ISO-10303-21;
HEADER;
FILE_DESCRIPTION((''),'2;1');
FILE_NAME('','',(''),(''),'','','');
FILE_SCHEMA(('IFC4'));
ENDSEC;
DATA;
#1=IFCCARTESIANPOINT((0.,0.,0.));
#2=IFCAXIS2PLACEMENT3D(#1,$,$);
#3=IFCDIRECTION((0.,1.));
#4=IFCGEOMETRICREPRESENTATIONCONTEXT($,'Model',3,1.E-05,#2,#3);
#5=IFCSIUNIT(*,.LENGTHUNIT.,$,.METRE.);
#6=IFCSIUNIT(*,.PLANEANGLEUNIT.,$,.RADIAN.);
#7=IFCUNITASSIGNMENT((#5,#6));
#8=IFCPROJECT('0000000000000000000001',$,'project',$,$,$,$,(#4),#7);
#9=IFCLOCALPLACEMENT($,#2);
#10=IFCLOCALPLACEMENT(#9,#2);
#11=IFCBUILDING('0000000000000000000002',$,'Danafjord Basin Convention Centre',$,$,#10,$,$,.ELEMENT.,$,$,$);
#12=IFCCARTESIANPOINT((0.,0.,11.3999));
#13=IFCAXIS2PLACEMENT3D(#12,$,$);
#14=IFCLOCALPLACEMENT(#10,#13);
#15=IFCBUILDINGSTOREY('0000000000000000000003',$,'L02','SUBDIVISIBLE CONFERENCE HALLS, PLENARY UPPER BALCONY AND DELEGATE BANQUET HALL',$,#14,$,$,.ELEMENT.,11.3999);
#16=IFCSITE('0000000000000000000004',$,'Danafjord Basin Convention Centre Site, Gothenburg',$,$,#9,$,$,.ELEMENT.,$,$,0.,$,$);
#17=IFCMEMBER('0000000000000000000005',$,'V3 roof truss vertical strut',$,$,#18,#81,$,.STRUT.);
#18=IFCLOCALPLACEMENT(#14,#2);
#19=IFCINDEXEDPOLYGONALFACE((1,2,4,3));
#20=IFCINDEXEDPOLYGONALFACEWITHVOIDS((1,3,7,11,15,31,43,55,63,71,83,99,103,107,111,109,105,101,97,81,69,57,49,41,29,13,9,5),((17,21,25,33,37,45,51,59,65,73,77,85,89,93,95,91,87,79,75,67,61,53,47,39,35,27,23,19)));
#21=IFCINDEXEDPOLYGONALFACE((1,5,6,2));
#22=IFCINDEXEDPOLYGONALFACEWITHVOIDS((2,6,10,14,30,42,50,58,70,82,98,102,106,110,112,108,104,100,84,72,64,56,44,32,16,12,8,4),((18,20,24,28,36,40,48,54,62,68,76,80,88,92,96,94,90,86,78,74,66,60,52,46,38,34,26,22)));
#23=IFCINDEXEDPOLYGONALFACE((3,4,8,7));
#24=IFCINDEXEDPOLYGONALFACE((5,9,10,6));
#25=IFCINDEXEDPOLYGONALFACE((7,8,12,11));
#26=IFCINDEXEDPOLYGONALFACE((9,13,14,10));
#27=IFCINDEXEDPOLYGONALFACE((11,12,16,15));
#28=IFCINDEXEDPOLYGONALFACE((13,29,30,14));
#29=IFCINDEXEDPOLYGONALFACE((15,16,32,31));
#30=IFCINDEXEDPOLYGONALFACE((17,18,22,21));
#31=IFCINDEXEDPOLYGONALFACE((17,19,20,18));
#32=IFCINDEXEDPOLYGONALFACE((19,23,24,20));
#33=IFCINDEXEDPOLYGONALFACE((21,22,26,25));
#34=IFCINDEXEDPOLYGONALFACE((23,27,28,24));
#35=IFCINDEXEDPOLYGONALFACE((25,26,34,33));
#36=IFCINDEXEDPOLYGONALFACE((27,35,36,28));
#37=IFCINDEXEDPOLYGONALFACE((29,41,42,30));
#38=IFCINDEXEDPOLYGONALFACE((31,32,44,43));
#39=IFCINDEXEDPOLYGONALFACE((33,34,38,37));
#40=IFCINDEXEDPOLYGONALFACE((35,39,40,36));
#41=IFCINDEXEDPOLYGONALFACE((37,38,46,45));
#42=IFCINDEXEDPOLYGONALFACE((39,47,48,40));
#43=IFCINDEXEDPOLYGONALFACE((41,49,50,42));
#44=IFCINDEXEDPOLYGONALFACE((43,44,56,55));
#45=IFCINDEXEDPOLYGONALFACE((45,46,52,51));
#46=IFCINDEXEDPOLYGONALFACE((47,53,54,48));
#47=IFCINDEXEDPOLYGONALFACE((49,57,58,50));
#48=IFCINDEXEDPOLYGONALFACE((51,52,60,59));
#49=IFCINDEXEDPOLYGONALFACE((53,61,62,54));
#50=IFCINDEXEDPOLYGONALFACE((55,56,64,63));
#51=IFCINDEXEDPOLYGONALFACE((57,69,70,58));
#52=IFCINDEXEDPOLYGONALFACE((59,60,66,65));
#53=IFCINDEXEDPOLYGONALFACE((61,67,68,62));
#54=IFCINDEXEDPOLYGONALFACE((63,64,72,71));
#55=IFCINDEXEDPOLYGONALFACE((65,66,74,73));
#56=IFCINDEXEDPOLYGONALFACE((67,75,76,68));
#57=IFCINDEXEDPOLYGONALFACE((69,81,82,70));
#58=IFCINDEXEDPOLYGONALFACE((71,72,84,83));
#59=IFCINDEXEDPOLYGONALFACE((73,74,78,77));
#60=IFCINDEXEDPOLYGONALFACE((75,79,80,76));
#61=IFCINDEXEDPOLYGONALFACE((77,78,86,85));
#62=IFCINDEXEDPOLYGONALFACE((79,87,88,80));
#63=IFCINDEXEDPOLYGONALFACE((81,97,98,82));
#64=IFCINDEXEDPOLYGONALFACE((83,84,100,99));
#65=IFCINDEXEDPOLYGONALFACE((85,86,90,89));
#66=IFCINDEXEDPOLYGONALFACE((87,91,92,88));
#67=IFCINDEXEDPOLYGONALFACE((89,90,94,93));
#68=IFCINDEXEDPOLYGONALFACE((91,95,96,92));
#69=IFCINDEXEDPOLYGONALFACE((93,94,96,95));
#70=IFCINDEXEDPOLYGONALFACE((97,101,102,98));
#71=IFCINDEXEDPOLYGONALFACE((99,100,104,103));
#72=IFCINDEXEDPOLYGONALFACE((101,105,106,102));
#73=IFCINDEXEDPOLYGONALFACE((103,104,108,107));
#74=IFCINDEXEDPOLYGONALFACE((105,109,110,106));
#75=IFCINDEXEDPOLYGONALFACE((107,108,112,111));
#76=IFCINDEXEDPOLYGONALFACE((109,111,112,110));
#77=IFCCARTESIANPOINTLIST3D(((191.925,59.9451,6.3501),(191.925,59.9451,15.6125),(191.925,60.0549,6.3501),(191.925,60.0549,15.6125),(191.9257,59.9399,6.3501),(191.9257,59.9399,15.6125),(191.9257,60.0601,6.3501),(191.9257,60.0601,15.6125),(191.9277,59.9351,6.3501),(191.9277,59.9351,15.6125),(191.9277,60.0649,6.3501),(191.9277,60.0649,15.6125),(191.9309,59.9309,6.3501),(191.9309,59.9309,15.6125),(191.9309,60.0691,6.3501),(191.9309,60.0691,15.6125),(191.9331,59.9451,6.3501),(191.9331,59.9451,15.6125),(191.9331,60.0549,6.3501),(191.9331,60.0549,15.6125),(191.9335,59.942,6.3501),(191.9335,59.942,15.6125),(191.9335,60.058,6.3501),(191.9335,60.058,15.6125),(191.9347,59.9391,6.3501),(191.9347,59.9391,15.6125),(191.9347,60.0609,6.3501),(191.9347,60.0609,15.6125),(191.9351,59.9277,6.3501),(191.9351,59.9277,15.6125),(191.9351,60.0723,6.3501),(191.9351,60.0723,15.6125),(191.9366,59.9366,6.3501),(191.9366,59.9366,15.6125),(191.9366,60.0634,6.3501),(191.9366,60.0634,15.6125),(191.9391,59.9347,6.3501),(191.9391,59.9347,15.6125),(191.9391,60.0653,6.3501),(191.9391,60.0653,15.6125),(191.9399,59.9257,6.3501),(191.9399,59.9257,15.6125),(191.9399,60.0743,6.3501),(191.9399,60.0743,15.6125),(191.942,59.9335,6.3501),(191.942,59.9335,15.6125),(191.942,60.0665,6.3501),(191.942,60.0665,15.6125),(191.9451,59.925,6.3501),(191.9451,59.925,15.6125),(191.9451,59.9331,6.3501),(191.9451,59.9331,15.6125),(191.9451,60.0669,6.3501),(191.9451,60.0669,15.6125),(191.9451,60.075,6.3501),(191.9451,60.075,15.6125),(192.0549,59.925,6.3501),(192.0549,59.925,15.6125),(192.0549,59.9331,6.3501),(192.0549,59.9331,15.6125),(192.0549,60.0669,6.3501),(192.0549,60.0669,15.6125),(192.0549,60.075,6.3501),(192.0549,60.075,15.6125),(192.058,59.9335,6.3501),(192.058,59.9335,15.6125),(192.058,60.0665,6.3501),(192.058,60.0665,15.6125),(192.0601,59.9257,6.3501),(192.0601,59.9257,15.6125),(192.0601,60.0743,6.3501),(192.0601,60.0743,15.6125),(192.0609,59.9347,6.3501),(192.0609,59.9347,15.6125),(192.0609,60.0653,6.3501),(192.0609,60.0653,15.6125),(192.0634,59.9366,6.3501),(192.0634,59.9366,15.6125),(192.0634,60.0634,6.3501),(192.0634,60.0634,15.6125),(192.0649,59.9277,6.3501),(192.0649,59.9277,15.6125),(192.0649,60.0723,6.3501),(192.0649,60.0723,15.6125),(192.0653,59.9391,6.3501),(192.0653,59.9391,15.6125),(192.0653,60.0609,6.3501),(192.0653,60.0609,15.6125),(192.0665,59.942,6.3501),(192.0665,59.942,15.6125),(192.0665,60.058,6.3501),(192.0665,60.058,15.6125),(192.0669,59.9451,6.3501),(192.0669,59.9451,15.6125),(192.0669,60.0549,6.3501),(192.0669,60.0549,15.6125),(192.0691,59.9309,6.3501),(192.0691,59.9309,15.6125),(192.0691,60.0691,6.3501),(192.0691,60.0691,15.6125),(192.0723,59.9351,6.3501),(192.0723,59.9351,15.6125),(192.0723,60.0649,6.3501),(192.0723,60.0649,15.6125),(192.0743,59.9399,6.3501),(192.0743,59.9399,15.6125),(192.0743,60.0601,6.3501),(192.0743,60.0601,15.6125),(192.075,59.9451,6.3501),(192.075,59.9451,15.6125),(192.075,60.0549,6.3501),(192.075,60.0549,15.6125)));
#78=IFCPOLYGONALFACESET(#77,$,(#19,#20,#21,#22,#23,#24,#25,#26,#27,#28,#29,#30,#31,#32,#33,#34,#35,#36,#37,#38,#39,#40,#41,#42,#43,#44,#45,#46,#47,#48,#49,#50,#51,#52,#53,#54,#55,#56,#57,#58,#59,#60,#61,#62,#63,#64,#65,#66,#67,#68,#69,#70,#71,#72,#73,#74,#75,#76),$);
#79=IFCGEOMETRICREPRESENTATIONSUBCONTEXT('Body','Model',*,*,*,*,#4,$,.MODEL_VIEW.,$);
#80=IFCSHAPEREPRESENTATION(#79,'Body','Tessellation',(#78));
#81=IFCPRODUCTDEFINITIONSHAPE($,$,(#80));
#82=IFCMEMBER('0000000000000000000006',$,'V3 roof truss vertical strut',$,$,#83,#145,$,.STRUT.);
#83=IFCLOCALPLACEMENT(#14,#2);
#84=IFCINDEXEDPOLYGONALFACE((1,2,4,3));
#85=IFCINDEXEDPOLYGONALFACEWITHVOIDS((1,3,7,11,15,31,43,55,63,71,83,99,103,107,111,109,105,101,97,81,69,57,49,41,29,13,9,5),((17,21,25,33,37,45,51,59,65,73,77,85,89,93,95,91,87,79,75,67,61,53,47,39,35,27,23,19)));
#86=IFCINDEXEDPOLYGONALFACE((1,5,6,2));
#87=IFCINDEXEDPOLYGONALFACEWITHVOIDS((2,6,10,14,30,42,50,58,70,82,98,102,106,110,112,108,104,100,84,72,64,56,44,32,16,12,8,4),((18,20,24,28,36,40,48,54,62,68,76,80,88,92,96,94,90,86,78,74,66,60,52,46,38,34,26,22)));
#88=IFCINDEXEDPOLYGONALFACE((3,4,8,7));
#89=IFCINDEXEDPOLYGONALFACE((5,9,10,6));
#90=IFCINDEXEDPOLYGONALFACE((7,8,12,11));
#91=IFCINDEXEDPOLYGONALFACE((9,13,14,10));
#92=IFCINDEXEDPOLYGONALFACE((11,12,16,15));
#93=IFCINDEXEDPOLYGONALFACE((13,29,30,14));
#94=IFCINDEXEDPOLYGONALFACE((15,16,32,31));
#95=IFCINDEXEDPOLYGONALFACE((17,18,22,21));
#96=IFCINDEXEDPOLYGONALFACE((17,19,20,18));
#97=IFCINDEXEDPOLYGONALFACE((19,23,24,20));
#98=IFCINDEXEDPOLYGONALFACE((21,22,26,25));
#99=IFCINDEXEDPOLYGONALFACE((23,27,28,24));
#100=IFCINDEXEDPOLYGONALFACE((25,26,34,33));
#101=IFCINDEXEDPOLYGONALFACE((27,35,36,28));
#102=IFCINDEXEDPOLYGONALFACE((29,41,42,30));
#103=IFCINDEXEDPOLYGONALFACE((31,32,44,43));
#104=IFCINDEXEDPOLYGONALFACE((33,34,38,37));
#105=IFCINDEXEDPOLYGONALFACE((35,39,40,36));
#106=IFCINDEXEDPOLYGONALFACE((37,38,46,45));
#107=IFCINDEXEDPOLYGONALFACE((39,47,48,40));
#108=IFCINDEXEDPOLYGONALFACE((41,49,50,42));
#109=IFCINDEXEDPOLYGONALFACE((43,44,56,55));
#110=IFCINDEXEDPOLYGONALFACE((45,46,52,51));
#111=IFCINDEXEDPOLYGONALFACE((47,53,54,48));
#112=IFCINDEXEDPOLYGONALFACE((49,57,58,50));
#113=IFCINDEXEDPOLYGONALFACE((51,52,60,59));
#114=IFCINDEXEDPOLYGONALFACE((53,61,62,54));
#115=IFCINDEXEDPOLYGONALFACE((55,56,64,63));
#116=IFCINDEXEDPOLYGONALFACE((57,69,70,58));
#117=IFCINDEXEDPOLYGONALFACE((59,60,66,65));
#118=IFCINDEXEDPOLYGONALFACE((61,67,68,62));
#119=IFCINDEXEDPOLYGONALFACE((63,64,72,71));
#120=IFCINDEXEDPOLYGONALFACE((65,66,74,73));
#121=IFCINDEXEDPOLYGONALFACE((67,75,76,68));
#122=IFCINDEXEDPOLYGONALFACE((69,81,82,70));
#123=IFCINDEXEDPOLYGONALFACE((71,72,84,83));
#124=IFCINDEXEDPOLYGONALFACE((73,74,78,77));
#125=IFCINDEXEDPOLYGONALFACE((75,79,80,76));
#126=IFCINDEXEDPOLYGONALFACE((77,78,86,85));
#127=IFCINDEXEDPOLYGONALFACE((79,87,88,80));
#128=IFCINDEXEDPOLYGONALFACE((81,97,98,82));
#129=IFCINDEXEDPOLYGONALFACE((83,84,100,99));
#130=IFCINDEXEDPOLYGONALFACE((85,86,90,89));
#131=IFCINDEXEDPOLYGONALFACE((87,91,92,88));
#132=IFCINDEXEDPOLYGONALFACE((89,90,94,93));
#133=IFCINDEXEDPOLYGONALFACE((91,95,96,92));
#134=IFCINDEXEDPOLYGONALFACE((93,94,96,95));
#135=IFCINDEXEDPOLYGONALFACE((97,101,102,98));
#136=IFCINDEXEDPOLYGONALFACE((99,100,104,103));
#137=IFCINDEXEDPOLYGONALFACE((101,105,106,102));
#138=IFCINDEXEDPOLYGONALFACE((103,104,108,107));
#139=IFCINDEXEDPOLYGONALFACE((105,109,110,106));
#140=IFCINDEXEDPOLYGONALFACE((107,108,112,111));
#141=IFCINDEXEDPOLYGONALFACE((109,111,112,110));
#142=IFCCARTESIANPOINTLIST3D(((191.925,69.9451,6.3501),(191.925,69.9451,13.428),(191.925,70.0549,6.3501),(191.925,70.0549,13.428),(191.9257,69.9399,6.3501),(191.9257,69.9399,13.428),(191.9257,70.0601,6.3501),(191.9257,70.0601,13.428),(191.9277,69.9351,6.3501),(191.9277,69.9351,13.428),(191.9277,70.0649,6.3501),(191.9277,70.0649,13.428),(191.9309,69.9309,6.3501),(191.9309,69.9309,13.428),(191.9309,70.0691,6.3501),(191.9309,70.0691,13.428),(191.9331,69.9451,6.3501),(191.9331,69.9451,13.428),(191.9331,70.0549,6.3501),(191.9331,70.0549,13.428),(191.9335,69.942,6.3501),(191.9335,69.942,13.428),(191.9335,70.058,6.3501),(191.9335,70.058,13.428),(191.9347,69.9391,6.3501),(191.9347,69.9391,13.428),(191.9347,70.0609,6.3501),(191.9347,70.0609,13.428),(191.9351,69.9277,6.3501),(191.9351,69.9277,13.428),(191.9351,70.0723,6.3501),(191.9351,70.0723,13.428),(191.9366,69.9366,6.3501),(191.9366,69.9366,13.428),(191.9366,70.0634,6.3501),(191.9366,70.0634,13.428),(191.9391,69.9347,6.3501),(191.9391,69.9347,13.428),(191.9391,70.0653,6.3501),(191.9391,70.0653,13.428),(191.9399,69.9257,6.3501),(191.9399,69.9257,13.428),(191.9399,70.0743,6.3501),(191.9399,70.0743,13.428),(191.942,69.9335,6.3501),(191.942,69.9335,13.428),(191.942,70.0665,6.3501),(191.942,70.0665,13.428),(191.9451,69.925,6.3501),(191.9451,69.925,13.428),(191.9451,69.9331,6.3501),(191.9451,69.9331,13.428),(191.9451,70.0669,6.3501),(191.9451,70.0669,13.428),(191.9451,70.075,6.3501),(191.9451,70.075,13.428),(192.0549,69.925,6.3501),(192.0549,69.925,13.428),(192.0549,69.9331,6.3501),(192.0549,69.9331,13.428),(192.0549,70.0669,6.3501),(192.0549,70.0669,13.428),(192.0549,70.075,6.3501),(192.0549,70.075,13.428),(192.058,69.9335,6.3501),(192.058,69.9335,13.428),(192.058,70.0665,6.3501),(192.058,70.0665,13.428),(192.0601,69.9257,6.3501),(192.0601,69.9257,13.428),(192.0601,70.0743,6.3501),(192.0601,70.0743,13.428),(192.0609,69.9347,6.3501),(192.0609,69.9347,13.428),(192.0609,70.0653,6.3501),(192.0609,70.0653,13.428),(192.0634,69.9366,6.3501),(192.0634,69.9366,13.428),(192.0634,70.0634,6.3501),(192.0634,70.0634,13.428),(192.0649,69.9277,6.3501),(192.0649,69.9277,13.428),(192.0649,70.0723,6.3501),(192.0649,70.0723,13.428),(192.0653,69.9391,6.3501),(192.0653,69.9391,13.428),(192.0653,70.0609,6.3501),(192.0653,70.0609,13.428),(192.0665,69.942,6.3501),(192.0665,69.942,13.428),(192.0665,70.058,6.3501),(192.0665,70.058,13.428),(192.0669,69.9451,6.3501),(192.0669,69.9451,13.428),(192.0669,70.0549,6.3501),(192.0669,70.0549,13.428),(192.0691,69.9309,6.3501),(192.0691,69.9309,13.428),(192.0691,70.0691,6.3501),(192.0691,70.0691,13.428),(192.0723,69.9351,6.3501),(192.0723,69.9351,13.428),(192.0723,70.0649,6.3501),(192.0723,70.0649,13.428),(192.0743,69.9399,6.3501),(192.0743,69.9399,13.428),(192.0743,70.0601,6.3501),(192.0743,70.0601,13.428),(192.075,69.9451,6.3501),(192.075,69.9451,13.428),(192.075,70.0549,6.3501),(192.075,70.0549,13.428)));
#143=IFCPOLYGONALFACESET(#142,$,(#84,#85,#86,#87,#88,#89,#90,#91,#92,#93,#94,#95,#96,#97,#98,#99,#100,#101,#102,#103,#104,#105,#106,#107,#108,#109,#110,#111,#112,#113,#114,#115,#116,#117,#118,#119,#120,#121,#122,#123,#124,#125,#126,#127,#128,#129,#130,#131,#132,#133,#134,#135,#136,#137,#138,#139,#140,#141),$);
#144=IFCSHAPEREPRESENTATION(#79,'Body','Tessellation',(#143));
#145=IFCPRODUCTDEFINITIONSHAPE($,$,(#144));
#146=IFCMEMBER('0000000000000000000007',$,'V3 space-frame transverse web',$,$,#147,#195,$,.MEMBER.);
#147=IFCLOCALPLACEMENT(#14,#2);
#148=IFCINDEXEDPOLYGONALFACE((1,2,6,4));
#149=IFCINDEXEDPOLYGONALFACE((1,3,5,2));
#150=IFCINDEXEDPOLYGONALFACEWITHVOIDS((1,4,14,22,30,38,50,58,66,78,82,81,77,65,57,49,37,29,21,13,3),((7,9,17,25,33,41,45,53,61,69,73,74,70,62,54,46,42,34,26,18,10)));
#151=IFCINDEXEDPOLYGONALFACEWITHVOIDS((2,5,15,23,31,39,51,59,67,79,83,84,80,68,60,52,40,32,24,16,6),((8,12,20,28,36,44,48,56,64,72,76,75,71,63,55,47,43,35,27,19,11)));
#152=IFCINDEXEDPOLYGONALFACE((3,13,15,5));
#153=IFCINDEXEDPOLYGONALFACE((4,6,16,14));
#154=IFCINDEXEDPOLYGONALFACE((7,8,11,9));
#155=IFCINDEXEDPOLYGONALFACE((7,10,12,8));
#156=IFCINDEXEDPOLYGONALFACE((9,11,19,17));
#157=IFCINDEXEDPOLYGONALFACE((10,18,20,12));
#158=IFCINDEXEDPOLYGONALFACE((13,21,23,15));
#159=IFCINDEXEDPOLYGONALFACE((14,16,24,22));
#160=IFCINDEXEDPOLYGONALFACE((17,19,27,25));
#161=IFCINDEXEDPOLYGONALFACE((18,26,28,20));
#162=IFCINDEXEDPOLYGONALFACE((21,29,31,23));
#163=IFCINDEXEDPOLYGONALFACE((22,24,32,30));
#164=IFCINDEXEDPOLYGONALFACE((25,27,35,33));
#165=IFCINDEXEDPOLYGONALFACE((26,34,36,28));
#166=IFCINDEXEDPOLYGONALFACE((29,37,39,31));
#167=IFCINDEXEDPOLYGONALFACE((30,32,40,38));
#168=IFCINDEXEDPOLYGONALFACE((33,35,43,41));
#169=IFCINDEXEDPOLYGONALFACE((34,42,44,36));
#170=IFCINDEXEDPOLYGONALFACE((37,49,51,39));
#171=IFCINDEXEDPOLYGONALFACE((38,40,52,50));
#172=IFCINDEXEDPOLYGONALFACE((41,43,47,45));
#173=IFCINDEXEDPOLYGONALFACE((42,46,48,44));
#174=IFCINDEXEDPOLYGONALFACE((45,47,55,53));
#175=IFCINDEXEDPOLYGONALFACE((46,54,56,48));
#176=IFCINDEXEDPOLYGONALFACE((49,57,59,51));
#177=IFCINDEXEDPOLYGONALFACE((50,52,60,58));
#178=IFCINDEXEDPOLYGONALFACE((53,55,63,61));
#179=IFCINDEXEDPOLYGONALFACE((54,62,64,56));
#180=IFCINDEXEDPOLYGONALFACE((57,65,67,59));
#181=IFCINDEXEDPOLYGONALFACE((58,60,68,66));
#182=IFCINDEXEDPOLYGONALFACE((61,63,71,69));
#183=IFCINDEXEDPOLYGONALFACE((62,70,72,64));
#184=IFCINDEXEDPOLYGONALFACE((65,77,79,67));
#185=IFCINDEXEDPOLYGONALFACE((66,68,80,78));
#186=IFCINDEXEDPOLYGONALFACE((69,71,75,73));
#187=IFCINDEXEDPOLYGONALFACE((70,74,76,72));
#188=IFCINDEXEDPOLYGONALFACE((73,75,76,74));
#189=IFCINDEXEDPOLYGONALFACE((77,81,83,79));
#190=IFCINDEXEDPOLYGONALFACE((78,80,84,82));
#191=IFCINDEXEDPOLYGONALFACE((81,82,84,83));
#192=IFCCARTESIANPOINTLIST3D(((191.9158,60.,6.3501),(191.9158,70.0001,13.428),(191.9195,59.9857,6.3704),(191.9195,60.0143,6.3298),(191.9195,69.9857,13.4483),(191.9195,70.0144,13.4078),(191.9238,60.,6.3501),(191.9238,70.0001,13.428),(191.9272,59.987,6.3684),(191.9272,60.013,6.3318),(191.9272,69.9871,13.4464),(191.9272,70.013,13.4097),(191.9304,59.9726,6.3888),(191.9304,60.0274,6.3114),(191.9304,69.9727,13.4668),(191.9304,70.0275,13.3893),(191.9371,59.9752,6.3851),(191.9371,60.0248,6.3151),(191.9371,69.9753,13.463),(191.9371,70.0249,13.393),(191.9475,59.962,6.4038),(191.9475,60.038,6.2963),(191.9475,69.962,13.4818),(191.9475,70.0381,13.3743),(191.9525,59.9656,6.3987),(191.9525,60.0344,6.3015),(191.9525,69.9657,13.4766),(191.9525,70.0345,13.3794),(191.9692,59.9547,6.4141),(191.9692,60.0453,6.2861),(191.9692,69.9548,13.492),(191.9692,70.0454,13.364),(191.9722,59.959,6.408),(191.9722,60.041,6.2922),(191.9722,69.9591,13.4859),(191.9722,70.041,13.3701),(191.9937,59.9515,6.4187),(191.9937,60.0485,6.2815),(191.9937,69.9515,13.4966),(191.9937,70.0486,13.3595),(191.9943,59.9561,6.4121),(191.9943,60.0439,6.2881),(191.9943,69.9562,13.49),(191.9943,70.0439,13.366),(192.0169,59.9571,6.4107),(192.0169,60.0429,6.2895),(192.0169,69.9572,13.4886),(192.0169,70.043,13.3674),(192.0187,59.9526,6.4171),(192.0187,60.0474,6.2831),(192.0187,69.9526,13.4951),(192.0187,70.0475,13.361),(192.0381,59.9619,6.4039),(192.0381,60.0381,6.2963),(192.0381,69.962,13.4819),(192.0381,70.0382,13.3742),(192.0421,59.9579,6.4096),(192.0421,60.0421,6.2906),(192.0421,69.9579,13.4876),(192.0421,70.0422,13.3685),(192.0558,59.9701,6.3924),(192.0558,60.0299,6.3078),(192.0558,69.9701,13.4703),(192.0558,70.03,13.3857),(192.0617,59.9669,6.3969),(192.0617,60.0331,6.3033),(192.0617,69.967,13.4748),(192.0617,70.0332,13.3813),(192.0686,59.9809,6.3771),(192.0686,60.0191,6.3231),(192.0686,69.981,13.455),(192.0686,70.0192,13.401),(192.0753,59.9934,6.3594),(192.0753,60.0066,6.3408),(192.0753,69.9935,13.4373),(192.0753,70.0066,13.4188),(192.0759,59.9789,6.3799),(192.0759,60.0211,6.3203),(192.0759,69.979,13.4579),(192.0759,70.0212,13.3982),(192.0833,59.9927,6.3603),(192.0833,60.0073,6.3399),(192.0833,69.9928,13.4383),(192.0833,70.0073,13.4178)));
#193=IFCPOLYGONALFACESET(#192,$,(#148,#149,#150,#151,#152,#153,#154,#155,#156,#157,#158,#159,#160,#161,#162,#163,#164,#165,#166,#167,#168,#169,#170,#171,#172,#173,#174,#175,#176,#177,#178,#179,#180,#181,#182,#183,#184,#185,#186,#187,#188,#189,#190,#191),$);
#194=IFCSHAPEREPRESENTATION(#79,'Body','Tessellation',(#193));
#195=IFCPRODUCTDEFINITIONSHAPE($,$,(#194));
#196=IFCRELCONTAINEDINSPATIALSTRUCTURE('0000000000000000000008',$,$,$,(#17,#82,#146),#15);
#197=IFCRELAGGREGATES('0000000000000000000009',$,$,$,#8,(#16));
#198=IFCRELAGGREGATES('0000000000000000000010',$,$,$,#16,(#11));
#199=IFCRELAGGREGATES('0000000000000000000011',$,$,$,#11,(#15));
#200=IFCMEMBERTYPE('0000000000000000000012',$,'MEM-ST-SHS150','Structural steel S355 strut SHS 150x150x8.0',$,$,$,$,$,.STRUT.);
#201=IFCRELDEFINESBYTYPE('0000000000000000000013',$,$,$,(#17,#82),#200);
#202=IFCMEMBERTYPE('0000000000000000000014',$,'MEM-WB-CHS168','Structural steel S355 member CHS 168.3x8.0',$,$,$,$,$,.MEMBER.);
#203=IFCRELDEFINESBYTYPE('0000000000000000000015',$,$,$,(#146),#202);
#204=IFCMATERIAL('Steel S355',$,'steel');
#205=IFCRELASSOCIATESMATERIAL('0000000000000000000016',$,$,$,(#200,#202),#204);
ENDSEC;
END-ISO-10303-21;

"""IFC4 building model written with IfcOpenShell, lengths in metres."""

from ifc_helpers import new_model, si_unit, direction, frame, origin, origin_2d, place, context, subcontext, project, spatial, hollow_rectangle, hollow_circle, extrude, material, material_profile, profile_set, type_object, element, save


model = new_model("IFC4")

# Units and contexts
model_context = context("Model", 3, precision=1e-05, world=origin(), true_north=direction((0.0, 1.0)))
body_context = subcontext(model_context, "Body", "Model", "MODEL_VIEW")
ifc_project = project(units=[si_unit("LENGTHUNIT", "METRE"), si_unit("PLANEANGLEUNIT", "RADIAN")], contexts=[model_context])

# Site, building, storey
site_placement = place(None, origin())
site = spatial("IfcSite", under=ifc_project, at=site_placement, Name="Danafjord Basin Convention Centre Site, Gothenburg", CompositionType="ELEMENT", RefElevation=0.0)
building_placement = place(site_placement, origin())
building = spatial("IfcBuilding", under=site, at=building_placement, Name="Danafjord Basin Convention Centre", CompositionType="ELEMENT")
storey_placement = place(building_placement, frame((0.0, 0.0, 11.3999)))
storey = spatial("IfcBuildingStorey", under=building, at=storey_placement, Name="L02", Description="SUBDIVISIBLE CONFERENCE HALLS, PLENARY UPPER BALCONY AND DELEGATE BANQUET HALL", CompositionType="ELEMENT", Elevation=11.3999)

# Shared definitions
ifc_material = material(Name="Steel S355", Category="steel")

# Members
ifc_material_profile_1 = material_profile(ifc_material, hollow_rectangle(XDim=0.1499, YDim=0.1499, WallThickness=0.0081, InnerFilletRadius=0.012, OuterFilletRadius=0.02, at=origin_2d()), Name="SHS 150x150x8.0")
ifc_profile_set_1 = profile_set([ifc_material_profile_1], Name="Steel S355")
member_type_1 = type_object("IfcMemberType", Name="MEM-ST-SHS150", Description="Structural steel S355 strut SHS 150x150x8.0", PredefinedType="STRUT", material=ifc_profile_set_1)
member_1_placement = place(storey_placement, frame((192.0, 60.0, 6.3501), z_axis=(0.0, 0.0, 1.0), x_axis=(1.0, 0.0, 0.0)))
element("IfcMember", 1, at=member_1_placement, inside=storey, type_object=member_type_1, Name="V3 roof truss vertical strut", PredefinedType="STRUT", context=body_context, shape_type="SweptSolid", body=[
    extrude(hollow_rectangle(XDim=0.1499, YDim=0.1499, WallThickness=0.0081, InnerFilletRadius=0.012, OuterFilletRadius=0.02, at=origin_2d()), origin(), (0.0, 0.0, 1.0), 9.2625),
])
member_2_placement = place(storey_placement, frame((192.0, 70.0, 6.3501), z_axis=(0.0, 0.0, 1.0), x_axis=(1.0, 0.0, 0.0)))
element("IfcMember", 2, at=member_2_placement, inside=storey, type_object=member_type_1, Name="V3 roof truss vertical strut", PredefinedType="STRUT", context=body_context, shape_type="SweptSolid", body=[
    extrude(hollow_rectangle(XDim=0.1499, YDim=0.1499, WallThickness=0.0081, InnerFilletRadius=0.012, OuterFilletRadius=0.02, at=origin_2d()), origin(), (0.0, 0.0, 1.0), 7.0779),
])
ifc_material_profile_2 = material_profile(ifc_material, hollow_circle(Radius=0.0842, WallThickness=0.0081, at=origin_2d()), Name="CHS 168.3x8.0")
ifc_profile_set_2 = profile_set([ifc_material_profile_2], Name="Steel S355")
member_type_2 = type_object("IfcMemberType", Name="MEM-WB-CHS168", Description="Structural steel S355 member CHS 168.3x8.0", PredefinedType="MEMBER", material=ifc_profile_set_2)
member_3_placement = place(storey_placement, frame((192.0, 60.0, 6.3501), z_axis=(0.0, 0.816234, 0.577721), x_axis=(-1.0, 0.0, 0.0)))
element("IfcMember", 3, at=member_3_placement, inside=storey, type_object=member_type_2, Name="V3 space-frame transverse web", PredefinedType="MEMBER", context=body_context, shape_type="SweptSolid", body=[
    extrude(hollow_circle(Radius=0.0842, WallThickness=0.0081, at=origin_2d()), origin(), (0.0, 0.0, 1.0), 12.2515),
])

save(model, "model.ifc")
